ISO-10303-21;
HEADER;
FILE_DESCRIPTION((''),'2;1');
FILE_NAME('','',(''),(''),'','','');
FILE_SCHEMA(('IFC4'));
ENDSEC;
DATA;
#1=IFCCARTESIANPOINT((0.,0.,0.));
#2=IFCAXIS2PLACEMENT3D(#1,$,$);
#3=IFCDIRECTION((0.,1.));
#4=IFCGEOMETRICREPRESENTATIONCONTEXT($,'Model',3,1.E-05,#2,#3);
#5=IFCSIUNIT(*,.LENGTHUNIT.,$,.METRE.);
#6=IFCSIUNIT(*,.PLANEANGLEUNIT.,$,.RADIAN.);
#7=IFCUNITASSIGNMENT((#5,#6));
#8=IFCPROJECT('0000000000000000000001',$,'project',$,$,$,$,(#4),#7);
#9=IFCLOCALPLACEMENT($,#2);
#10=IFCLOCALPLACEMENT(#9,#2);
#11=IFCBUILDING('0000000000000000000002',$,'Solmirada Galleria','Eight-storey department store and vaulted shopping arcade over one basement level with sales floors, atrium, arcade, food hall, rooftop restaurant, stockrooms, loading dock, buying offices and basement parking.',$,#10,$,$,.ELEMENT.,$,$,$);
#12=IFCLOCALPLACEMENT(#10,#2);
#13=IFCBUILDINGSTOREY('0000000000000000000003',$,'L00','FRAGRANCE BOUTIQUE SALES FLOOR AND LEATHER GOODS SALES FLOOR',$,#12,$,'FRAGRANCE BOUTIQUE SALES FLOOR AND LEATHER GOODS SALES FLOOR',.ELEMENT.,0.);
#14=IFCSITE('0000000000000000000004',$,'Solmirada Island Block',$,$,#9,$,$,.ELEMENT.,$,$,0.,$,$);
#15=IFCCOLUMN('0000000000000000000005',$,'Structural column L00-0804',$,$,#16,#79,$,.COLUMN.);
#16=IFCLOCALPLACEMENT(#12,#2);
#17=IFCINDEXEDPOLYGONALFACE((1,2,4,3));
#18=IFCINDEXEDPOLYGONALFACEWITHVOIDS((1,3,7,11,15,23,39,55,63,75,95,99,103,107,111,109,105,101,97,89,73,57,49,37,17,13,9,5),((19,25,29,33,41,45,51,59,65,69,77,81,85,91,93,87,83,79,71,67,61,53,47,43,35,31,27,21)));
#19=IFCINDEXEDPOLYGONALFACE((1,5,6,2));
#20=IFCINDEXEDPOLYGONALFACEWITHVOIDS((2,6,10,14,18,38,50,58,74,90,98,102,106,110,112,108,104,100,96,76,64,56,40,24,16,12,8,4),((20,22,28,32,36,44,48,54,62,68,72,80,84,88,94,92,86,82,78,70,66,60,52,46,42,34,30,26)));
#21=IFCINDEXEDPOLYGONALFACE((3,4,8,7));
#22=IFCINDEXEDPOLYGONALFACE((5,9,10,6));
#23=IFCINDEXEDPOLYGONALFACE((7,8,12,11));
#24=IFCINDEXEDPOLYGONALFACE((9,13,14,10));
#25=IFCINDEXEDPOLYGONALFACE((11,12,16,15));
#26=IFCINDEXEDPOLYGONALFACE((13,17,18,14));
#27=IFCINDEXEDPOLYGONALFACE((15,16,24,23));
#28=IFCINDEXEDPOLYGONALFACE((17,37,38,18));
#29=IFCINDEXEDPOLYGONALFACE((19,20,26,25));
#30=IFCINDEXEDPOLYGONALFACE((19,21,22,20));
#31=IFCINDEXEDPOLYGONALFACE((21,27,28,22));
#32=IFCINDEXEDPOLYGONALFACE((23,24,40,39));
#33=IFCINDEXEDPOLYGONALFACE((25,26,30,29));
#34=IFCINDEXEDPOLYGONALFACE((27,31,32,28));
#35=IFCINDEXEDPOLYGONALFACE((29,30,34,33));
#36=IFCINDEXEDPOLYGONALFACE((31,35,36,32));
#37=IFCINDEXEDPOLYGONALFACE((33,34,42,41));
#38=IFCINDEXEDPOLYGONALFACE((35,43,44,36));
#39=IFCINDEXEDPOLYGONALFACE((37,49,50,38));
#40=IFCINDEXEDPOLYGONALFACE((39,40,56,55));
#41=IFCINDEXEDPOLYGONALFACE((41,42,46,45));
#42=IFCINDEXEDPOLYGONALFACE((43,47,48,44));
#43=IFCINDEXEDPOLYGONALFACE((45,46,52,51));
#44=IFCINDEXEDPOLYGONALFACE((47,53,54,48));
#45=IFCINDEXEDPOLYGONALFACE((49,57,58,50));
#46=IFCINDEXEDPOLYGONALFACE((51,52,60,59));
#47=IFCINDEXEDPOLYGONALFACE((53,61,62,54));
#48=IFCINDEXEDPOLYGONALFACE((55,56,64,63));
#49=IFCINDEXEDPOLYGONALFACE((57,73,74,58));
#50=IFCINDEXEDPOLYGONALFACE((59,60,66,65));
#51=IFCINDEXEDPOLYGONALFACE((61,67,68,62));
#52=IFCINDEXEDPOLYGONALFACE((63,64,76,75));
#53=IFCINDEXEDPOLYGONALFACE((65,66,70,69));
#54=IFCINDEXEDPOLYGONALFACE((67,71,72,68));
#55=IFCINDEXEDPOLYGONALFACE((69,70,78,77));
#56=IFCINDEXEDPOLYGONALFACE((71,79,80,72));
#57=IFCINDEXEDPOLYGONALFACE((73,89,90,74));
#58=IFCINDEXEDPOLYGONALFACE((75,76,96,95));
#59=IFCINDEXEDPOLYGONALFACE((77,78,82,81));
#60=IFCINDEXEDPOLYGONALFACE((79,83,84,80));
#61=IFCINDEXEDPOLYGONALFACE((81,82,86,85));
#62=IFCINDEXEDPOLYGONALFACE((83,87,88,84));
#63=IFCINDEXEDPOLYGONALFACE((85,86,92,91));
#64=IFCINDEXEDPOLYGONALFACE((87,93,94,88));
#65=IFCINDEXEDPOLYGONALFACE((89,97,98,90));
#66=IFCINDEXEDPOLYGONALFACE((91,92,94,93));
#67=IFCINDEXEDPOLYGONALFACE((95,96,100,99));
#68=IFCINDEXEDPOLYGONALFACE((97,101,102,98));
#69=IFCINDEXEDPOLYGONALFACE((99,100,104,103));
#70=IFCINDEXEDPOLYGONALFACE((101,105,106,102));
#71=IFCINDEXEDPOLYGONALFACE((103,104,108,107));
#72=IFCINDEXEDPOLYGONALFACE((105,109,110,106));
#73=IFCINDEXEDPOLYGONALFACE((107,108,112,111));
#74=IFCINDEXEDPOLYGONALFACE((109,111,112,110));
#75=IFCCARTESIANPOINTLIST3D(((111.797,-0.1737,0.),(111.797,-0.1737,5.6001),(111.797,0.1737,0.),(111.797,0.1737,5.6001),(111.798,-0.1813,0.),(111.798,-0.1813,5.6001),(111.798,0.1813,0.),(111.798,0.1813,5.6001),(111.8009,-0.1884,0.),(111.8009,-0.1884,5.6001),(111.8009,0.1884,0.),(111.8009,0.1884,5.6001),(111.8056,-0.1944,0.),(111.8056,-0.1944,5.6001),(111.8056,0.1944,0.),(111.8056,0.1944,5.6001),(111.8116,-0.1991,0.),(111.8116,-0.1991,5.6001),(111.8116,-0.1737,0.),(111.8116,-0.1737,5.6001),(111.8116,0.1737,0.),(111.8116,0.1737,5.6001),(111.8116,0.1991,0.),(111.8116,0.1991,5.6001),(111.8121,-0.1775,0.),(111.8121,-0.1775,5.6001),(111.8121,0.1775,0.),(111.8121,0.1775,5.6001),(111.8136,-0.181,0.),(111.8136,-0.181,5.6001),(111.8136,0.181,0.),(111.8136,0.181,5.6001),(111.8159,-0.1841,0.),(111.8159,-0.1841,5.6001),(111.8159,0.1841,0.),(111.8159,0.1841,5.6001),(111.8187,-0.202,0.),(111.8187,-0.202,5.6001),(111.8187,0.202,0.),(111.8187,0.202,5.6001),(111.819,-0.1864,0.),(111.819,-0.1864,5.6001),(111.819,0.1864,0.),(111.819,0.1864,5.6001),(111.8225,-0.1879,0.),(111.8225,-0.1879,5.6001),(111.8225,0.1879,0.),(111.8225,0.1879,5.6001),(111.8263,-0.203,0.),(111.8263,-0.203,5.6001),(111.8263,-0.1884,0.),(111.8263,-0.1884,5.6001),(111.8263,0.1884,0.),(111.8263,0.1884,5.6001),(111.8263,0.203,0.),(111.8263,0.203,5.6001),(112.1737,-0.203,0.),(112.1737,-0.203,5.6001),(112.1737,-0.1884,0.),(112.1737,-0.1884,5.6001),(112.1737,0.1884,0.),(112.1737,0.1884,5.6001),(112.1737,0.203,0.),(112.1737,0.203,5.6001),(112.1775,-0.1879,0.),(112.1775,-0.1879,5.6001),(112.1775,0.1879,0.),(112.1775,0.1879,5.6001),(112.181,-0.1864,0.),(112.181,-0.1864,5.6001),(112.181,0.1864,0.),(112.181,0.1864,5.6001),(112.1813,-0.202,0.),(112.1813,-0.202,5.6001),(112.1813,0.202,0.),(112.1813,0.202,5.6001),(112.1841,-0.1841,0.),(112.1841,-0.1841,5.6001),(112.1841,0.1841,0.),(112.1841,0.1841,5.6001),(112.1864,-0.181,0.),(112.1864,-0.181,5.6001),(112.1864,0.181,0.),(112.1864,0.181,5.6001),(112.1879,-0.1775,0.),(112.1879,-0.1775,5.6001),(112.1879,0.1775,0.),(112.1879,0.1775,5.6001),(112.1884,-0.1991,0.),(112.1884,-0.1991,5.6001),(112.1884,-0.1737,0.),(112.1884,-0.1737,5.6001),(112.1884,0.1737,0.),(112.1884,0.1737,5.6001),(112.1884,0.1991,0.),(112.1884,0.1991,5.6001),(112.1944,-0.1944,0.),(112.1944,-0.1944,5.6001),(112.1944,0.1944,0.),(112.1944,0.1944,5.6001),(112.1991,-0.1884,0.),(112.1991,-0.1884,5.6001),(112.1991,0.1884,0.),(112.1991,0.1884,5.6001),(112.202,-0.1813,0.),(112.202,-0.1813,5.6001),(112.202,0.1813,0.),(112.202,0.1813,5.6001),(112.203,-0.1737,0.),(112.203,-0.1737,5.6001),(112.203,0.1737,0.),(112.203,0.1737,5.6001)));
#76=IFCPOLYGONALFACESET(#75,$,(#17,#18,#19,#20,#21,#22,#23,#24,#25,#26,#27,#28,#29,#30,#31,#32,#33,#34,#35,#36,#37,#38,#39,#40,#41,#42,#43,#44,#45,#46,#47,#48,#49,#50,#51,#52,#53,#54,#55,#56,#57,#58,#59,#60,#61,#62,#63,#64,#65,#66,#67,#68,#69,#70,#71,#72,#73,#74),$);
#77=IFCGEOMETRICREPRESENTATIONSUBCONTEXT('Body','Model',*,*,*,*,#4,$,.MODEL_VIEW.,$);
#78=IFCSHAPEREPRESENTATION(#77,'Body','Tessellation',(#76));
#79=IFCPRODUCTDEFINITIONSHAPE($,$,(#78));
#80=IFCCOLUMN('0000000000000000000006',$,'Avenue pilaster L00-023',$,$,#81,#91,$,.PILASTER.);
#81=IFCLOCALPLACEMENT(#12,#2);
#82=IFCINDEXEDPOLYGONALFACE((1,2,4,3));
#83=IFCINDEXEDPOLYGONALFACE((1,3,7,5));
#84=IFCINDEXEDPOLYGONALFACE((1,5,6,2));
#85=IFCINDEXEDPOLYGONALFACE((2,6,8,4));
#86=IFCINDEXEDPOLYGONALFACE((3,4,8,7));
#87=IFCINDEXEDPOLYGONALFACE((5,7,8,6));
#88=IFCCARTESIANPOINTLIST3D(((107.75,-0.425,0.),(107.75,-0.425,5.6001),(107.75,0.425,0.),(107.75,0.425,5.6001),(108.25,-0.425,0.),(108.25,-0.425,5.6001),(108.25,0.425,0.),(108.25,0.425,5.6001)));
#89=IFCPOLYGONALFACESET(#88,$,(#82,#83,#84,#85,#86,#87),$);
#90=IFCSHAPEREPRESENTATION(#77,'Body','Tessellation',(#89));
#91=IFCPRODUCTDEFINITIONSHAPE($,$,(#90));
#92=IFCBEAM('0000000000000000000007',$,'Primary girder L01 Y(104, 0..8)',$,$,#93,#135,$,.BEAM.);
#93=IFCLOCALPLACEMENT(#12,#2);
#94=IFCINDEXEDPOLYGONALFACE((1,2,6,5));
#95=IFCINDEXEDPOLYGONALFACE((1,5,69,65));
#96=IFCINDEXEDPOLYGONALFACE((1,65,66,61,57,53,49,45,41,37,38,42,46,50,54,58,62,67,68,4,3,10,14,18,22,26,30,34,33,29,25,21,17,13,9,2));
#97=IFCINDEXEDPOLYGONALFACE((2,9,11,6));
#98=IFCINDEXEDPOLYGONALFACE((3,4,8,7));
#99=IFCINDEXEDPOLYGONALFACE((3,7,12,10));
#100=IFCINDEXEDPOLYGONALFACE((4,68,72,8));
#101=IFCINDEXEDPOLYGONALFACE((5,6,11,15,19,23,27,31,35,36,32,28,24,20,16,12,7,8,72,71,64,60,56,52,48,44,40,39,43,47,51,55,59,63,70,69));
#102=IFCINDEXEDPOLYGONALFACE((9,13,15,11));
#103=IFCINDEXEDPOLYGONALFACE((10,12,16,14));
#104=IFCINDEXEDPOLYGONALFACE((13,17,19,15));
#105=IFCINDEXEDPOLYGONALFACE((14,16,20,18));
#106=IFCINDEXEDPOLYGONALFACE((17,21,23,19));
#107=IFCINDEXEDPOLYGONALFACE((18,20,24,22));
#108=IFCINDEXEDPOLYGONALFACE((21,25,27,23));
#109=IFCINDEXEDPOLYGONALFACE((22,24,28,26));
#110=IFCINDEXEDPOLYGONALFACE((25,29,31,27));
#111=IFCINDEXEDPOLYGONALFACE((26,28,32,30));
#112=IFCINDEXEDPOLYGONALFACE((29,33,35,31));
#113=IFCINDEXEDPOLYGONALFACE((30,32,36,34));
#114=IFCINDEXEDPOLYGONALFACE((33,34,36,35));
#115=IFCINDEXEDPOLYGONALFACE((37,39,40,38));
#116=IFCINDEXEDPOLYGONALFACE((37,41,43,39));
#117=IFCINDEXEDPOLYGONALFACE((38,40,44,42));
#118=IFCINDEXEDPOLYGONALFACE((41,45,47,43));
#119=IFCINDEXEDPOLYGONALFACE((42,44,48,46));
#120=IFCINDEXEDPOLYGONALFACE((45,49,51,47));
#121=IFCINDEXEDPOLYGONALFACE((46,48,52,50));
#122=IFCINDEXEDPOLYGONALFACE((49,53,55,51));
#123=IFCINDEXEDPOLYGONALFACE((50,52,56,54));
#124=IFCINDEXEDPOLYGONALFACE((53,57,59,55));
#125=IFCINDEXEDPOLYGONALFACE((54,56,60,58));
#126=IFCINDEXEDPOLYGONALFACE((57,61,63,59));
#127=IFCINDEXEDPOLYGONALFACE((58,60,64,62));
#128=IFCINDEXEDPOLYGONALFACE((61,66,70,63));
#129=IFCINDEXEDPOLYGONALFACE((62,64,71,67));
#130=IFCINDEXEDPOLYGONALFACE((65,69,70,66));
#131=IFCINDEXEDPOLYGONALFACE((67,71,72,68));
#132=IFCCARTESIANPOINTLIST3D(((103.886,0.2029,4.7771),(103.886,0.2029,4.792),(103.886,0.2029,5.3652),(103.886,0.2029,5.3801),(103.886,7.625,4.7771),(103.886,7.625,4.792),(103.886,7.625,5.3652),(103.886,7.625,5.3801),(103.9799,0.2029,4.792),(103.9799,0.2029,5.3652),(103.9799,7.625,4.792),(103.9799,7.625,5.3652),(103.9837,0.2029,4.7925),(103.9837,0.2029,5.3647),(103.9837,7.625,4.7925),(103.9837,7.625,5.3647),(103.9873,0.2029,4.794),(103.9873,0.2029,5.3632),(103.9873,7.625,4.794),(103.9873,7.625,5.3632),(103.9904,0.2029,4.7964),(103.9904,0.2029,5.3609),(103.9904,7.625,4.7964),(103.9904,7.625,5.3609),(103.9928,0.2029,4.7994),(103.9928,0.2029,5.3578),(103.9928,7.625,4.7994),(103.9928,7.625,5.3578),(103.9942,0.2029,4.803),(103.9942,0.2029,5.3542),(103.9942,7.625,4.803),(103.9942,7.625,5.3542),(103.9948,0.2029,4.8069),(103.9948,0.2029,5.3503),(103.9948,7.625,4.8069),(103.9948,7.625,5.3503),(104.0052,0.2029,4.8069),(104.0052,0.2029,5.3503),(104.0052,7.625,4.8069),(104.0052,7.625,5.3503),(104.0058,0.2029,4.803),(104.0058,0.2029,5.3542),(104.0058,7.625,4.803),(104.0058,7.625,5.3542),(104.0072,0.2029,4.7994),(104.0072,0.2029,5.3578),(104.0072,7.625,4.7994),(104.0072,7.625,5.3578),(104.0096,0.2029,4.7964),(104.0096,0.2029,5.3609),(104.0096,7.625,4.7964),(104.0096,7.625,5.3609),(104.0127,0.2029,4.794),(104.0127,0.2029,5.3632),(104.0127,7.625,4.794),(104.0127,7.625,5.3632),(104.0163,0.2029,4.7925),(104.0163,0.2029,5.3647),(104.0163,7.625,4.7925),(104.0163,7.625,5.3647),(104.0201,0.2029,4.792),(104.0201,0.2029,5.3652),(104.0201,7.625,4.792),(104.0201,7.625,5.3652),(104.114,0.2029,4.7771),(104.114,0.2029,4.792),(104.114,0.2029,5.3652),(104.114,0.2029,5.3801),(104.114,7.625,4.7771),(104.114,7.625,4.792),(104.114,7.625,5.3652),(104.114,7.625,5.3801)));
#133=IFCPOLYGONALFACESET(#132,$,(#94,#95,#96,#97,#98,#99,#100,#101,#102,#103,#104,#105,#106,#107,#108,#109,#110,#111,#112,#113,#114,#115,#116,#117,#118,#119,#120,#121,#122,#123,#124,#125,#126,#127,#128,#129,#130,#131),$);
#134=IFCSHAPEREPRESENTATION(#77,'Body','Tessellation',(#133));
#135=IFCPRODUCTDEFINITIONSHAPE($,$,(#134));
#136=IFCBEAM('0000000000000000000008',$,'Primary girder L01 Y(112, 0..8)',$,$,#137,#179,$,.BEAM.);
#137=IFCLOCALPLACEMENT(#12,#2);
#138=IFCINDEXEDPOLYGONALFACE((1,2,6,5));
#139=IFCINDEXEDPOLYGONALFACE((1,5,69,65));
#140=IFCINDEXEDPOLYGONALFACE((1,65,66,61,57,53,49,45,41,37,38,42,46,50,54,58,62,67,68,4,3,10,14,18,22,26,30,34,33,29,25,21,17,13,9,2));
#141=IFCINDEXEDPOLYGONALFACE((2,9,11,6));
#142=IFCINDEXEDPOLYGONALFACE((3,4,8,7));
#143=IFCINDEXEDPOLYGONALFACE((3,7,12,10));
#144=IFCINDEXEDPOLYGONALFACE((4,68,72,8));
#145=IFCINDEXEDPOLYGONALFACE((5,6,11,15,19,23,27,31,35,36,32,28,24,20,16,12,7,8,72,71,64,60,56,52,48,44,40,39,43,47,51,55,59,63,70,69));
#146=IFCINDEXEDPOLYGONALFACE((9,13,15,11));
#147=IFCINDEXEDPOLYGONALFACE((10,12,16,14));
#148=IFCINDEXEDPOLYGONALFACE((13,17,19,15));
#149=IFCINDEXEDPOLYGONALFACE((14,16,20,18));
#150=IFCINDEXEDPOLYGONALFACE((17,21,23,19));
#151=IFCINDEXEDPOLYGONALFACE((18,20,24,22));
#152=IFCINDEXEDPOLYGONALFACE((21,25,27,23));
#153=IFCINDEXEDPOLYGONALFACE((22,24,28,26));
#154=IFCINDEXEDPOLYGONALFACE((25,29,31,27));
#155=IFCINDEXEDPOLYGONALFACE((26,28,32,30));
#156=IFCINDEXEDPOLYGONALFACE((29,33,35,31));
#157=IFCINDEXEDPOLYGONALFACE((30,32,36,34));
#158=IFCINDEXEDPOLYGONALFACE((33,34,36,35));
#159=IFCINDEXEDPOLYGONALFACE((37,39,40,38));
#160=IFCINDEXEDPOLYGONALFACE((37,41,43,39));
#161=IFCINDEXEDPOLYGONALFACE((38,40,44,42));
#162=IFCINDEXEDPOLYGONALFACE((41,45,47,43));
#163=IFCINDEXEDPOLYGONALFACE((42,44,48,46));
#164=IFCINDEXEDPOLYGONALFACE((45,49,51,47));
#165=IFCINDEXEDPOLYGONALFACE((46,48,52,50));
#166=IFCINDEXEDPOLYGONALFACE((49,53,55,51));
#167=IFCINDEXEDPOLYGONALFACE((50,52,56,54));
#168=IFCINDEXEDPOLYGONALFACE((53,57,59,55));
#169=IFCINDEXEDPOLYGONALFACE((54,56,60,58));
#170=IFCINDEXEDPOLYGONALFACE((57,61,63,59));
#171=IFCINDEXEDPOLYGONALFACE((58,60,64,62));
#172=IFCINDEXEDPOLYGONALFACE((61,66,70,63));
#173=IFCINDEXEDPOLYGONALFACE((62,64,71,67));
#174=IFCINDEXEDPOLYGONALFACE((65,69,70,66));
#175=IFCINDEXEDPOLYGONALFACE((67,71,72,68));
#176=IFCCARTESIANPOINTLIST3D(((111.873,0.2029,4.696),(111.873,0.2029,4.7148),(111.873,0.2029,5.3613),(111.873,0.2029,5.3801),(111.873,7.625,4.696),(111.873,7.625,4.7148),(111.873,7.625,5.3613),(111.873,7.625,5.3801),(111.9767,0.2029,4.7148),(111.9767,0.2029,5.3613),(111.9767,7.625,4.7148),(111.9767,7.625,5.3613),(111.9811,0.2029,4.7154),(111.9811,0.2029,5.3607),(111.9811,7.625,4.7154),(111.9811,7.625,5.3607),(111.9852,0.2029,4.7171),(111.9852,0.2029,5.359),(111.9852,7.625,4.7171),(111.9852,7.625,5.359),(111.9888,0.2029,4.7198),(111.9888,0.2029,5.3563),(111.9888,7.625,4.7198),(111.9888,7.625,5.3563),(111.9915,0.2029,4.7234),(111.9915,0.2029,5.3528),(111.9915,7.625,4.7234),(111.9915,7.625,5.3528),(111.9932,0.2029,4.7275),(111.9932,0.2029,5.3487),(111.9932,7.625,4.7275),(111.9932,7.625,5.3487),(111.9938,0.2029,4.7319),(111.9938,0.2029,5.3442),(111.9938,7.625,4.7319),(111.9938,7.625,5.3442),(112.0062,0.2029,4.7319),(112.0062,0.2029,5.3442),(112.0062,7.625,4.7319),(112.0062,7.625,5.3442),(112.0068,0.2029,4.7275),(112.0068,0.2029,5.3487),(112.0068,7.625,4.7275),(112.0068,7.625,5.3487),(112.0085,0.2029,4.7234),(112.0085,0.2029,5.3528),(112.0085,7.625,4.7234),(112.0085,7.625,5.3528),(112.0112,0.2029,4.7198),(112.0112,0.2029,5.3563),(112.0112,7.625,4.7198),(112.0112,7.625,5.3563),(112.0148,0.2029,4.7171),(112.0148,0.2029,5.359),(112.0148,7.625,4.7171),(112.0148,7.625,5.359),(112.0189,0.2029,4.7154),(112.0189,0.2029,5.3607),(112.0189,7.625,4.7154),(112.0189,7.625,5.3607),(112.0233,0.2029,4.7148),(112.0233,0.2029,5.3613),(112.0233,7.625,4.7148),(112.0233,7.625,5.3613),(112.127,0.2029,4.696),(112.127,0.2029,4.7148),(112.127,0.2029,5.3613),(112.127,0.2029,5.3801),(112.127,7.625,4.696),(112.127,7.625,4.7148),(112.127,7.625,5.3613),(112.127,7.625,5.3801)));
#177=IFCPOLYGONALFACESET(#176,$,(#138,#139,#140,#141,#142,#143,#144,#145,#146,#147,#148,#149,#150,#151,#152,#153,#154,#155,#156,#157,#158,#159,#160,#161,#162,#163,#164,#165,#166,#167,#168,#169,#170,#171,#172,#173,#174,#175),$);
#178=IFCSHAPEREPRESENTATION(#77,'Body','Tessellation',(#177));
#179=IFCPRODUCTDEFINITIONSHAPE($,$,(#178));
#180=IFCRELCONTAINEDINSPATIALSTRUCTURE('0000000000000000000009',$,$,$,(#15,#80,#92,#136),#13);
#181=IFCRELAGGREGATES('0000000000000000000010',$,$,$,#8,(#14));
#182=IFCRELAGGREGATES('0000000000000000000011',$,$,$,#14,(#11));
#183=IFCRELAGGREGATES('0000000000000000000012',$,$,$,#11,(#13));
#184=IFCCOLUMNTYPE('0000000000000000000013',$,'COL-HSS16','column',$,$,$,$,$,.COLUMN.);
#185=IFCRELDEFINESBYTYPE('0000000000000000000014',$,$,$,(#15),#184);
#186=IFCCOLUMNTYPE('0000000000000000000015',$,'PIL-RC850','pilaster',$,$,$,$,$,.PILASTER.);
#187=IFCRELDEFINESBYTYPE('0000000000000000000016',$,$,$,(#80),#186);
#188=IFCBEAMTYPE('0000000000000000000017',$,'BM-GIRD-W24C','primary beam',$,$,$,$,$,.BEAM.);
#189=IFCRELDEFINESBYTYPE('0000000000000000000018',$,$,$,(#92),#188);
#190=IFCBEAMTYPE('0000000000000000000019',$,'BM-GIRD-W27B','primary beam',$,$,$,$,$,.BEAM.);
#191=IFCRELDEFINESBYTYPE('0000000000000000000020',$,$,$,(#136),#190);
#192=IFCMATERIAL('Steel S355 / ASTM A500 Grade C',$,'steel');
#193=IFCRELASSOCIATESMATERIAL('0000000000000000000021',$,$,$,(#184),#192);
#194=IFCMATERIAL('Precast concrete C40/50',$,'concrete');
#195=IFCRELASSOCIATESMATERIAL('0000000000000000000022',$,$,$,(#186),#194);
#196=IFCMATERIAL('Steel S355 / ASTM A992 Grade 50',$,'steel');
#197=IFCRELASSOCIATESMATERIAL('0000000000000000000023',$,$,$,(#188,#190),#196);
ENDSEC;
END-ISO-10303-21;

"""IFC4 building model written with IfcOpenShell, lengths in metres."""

from ifc_helpers import new_model, si_unit, direction, frame, origin, origin_2d, place, context, subcontext, project, spatial, rectangle, hollow_rectangle, i_section, extrude, material, material_profile, profile_set, type_object, element, save


model = new_model("IFC4")

# Units and contexts
model_context = context("Model", 3, precision=1e-05, world=origin(), true_north=direction((0.0, 1.0)))
body_context = subcontext(model_context, "Body", "Model", "MODEL_VIEW")
ifc_project = project(units=[si_unit("LENGTHUNIT", "METRE"), si_unit("PLANEANGLEUNIT", "RADIAN")], contexts=[model_context])

# Site, building, storey
site_placement = place(None, origin())
site = spatial("IfcSite", under=ifc_project, at=site_placement, Name="Solmirada Island Block", CompositionType="ELEMENT", RefElevation=0.0)
building_placement = place(site_placement, origin())
building = spatial("IfcBuilding", under=site, at=building_placement, Name="Solmirada Galleria", Description="Eight-storey department store and vaulted shopping arcade over one basement level with sales floors, atrium, arcade, food hall, rooftop restaurant, stockrooms, loading dock, buying offices and basement parking.", CompositionType="ELEMENT")
storey_placement = place(building_placement, origin())
storey = spatial("IfcBuildingStorey", under=building, at=storey_placement, Name="L00", Description="FRAGRANCE BOUTIQUE SALES FLOOR AND LEATHER GOODS SALES FLOOR", LongName="FRAGRANCE BOUTIQUE SALES FLOOR AND LEATHER GOODS SALES FLOOR", CompositionType="ELEMENT", Elevation=0.0)

# Columns
ifc_material_1 = material(Name="Steel S355 / ASTM A500 Grade C", Category="steel")
ifc_material_profile_1 = material_profile(ifc_material_1, hollow_rectangle(XDim=0.406, YDim=0.406, WallThickness=0.0146, InnerFilletRadius=0.0146, OuterFilletRadius=0.0293, at=origin_2d()), Name="HSS16X16X5/8")
ifc_profile_set_1 = profile_set([ifc_material_profile_1], Name="Steel S355 / ASTM A500 Grade C")
column_type_1 = type_object("IfcColumnType", Name="COL-HSS16", Description="column", PredefinedType="COLUMN", material=ifc_profile_set_1)
column_1_placement = place(storey_placement, frame((112.0, 0.0, 0.0), z_axis=(0.0, 0.0, 1.0), x_axis=(1.0, 0.0, 0.0)))
element("IfcColumn", 1, at=column_1_placement, inside=storey, type_object=column_type_1, Name="Structural column L00-0804", PredefinedType="COLUMN", context=body_context, shape_type="SweptSolid", body=[
    extrude(hollow_rectangle(XDim=0.406, YDim=0.406, WallThickness=0.0146, InnerFilletRadius=0.0146, OuterFilletRadius=0.0293, at=origin_2d()), origin(), (0.0, 0.0, 1.0), 5.6001),
])
ifc_material_2 = material(Name="Precast concrete C40/50", Category="concrete")
ifc_material_profile_2 = material_profile(ifc_material_2, rectangle(XDim=0.5, YDim=0.8501, at=origin_2d()), Name="RC850X500")
ifc_profile_set_2 = profile_set([ifc_material_profile_2], Name="Precast concrete C40/50")
column_type_2 = type_object("IfcColumnType", Name="PIL-RC850", Description="pilaster", PredefinedType="PILASTER", material=ifc_profile_set_2)
column_2_placement = place(storey_placement, frame((108.0, 0.0, 0.0), z_axis=(0.0, 0.0, 1.0), x_axis=(1.0, 0.0, 0.0)))
element("IfcColumn", 2, at=column_2_placement, inside=storey, type_object=column_type_2, Name="Avenue pilaster L00-023", PredefinedType="PILASTER", context=body_context, shape_type="SweptSolid", body=[
    extrude(rectangle(XDim=0.5, YDim=0.8501, at=origin_2d()), origin(), (0.0, 0.0, 1.0), 5.6001),
])

# Beams
ifc_material_3 = material(Name="Steel S355 / ASTM A992 Grade 50", Category="steel")
ifc_material_profile_3 = material_profile(ifc_material_3, i_section(OverallWidth=0.228, OverallDepth=0.603, WebThickness=0.0105, FlangeThickness=0.0149, FilletRadius=0.0149, at=origin_2d()), Name="W24X68")
ifc_profile_set_3 = profile_set([ifc_material_profile_3], Name="Steel S355 / ASTM A992 Grade 50")
beam_type_1 = type_object("IfcBeamType", Name="BM-GIRD-W24C", Description="primary beam", PredefinedType="BEAM", material=ifc_profile_set_3)
beam_1_placement = place(storey_placement, frame((104.0, 0.2029, 5.0786), z_axis=(0.0, 1.0, 0.0), x_axis=(-1.0, 0.0, 0.0)))
element("IfcBeam", 3, at=beam_1_placement, inside=storey, type_object=beam_type_1, Name="Primary girder L01 Y(104, 0..8)", PredefinedType="BEAM", context=body_context, shape_type="SweptSolid", body=[
    extrude(i_section(OverallWidth=0.228, OverallDepth=0.603, WebThickness=0.0105, FlangeThickness=0.0149, FilletRadius=0.0149, at=origin_2d()), origin(), (0.0, 0.0, 1.0), 7.4221),
])
ifc_material_profile_4 = material_profile(ifc_material_3, i_section(OverallWidth=0.2539, OverallDepth=0.6841, WebThickness=0.0125, FlangeThickness=0.0188, FilletRadius=0.0171, at=origin_2d()), Name="W27X94")
ifc_profile_set_4 = profile_set([ifc_material_profile_4], Name="Steel S355 / ASTM A992 Grade 50")
beam_type_2 = type_object("IfcBeamType", Name="BM-GIRD-W27B", Description="primary beam", PredefinedType="BEAM", material=ifc_profile_set_4)
beam_2_placement = place(storey_placement, frame((112.0, 0.2029, 5.0381), z_axis=(0.0, 1.0, 0.0), x_axis=(-1.0, 0.0, 0.0)))
element("IfcBeam", 4, at=beam_2_placement, inside=storey, type_object=beam_type_2, Name="Primary girder L01 Y(112, 0..8)", PredefinedType="BEAM", context=body_context, shape_type="SweptSolid", body=[
    extrude(i_section(OverallWidth=0.2539, OverallDepth=0.6841, WebThickness=0.0125, FlangeThickness=0.0188, FilletRadius=0.0171, at=origin_2d()), origin(), (0.0, 0.0, 1.0), 7.4221),
])

save(model, "model.ifc")
